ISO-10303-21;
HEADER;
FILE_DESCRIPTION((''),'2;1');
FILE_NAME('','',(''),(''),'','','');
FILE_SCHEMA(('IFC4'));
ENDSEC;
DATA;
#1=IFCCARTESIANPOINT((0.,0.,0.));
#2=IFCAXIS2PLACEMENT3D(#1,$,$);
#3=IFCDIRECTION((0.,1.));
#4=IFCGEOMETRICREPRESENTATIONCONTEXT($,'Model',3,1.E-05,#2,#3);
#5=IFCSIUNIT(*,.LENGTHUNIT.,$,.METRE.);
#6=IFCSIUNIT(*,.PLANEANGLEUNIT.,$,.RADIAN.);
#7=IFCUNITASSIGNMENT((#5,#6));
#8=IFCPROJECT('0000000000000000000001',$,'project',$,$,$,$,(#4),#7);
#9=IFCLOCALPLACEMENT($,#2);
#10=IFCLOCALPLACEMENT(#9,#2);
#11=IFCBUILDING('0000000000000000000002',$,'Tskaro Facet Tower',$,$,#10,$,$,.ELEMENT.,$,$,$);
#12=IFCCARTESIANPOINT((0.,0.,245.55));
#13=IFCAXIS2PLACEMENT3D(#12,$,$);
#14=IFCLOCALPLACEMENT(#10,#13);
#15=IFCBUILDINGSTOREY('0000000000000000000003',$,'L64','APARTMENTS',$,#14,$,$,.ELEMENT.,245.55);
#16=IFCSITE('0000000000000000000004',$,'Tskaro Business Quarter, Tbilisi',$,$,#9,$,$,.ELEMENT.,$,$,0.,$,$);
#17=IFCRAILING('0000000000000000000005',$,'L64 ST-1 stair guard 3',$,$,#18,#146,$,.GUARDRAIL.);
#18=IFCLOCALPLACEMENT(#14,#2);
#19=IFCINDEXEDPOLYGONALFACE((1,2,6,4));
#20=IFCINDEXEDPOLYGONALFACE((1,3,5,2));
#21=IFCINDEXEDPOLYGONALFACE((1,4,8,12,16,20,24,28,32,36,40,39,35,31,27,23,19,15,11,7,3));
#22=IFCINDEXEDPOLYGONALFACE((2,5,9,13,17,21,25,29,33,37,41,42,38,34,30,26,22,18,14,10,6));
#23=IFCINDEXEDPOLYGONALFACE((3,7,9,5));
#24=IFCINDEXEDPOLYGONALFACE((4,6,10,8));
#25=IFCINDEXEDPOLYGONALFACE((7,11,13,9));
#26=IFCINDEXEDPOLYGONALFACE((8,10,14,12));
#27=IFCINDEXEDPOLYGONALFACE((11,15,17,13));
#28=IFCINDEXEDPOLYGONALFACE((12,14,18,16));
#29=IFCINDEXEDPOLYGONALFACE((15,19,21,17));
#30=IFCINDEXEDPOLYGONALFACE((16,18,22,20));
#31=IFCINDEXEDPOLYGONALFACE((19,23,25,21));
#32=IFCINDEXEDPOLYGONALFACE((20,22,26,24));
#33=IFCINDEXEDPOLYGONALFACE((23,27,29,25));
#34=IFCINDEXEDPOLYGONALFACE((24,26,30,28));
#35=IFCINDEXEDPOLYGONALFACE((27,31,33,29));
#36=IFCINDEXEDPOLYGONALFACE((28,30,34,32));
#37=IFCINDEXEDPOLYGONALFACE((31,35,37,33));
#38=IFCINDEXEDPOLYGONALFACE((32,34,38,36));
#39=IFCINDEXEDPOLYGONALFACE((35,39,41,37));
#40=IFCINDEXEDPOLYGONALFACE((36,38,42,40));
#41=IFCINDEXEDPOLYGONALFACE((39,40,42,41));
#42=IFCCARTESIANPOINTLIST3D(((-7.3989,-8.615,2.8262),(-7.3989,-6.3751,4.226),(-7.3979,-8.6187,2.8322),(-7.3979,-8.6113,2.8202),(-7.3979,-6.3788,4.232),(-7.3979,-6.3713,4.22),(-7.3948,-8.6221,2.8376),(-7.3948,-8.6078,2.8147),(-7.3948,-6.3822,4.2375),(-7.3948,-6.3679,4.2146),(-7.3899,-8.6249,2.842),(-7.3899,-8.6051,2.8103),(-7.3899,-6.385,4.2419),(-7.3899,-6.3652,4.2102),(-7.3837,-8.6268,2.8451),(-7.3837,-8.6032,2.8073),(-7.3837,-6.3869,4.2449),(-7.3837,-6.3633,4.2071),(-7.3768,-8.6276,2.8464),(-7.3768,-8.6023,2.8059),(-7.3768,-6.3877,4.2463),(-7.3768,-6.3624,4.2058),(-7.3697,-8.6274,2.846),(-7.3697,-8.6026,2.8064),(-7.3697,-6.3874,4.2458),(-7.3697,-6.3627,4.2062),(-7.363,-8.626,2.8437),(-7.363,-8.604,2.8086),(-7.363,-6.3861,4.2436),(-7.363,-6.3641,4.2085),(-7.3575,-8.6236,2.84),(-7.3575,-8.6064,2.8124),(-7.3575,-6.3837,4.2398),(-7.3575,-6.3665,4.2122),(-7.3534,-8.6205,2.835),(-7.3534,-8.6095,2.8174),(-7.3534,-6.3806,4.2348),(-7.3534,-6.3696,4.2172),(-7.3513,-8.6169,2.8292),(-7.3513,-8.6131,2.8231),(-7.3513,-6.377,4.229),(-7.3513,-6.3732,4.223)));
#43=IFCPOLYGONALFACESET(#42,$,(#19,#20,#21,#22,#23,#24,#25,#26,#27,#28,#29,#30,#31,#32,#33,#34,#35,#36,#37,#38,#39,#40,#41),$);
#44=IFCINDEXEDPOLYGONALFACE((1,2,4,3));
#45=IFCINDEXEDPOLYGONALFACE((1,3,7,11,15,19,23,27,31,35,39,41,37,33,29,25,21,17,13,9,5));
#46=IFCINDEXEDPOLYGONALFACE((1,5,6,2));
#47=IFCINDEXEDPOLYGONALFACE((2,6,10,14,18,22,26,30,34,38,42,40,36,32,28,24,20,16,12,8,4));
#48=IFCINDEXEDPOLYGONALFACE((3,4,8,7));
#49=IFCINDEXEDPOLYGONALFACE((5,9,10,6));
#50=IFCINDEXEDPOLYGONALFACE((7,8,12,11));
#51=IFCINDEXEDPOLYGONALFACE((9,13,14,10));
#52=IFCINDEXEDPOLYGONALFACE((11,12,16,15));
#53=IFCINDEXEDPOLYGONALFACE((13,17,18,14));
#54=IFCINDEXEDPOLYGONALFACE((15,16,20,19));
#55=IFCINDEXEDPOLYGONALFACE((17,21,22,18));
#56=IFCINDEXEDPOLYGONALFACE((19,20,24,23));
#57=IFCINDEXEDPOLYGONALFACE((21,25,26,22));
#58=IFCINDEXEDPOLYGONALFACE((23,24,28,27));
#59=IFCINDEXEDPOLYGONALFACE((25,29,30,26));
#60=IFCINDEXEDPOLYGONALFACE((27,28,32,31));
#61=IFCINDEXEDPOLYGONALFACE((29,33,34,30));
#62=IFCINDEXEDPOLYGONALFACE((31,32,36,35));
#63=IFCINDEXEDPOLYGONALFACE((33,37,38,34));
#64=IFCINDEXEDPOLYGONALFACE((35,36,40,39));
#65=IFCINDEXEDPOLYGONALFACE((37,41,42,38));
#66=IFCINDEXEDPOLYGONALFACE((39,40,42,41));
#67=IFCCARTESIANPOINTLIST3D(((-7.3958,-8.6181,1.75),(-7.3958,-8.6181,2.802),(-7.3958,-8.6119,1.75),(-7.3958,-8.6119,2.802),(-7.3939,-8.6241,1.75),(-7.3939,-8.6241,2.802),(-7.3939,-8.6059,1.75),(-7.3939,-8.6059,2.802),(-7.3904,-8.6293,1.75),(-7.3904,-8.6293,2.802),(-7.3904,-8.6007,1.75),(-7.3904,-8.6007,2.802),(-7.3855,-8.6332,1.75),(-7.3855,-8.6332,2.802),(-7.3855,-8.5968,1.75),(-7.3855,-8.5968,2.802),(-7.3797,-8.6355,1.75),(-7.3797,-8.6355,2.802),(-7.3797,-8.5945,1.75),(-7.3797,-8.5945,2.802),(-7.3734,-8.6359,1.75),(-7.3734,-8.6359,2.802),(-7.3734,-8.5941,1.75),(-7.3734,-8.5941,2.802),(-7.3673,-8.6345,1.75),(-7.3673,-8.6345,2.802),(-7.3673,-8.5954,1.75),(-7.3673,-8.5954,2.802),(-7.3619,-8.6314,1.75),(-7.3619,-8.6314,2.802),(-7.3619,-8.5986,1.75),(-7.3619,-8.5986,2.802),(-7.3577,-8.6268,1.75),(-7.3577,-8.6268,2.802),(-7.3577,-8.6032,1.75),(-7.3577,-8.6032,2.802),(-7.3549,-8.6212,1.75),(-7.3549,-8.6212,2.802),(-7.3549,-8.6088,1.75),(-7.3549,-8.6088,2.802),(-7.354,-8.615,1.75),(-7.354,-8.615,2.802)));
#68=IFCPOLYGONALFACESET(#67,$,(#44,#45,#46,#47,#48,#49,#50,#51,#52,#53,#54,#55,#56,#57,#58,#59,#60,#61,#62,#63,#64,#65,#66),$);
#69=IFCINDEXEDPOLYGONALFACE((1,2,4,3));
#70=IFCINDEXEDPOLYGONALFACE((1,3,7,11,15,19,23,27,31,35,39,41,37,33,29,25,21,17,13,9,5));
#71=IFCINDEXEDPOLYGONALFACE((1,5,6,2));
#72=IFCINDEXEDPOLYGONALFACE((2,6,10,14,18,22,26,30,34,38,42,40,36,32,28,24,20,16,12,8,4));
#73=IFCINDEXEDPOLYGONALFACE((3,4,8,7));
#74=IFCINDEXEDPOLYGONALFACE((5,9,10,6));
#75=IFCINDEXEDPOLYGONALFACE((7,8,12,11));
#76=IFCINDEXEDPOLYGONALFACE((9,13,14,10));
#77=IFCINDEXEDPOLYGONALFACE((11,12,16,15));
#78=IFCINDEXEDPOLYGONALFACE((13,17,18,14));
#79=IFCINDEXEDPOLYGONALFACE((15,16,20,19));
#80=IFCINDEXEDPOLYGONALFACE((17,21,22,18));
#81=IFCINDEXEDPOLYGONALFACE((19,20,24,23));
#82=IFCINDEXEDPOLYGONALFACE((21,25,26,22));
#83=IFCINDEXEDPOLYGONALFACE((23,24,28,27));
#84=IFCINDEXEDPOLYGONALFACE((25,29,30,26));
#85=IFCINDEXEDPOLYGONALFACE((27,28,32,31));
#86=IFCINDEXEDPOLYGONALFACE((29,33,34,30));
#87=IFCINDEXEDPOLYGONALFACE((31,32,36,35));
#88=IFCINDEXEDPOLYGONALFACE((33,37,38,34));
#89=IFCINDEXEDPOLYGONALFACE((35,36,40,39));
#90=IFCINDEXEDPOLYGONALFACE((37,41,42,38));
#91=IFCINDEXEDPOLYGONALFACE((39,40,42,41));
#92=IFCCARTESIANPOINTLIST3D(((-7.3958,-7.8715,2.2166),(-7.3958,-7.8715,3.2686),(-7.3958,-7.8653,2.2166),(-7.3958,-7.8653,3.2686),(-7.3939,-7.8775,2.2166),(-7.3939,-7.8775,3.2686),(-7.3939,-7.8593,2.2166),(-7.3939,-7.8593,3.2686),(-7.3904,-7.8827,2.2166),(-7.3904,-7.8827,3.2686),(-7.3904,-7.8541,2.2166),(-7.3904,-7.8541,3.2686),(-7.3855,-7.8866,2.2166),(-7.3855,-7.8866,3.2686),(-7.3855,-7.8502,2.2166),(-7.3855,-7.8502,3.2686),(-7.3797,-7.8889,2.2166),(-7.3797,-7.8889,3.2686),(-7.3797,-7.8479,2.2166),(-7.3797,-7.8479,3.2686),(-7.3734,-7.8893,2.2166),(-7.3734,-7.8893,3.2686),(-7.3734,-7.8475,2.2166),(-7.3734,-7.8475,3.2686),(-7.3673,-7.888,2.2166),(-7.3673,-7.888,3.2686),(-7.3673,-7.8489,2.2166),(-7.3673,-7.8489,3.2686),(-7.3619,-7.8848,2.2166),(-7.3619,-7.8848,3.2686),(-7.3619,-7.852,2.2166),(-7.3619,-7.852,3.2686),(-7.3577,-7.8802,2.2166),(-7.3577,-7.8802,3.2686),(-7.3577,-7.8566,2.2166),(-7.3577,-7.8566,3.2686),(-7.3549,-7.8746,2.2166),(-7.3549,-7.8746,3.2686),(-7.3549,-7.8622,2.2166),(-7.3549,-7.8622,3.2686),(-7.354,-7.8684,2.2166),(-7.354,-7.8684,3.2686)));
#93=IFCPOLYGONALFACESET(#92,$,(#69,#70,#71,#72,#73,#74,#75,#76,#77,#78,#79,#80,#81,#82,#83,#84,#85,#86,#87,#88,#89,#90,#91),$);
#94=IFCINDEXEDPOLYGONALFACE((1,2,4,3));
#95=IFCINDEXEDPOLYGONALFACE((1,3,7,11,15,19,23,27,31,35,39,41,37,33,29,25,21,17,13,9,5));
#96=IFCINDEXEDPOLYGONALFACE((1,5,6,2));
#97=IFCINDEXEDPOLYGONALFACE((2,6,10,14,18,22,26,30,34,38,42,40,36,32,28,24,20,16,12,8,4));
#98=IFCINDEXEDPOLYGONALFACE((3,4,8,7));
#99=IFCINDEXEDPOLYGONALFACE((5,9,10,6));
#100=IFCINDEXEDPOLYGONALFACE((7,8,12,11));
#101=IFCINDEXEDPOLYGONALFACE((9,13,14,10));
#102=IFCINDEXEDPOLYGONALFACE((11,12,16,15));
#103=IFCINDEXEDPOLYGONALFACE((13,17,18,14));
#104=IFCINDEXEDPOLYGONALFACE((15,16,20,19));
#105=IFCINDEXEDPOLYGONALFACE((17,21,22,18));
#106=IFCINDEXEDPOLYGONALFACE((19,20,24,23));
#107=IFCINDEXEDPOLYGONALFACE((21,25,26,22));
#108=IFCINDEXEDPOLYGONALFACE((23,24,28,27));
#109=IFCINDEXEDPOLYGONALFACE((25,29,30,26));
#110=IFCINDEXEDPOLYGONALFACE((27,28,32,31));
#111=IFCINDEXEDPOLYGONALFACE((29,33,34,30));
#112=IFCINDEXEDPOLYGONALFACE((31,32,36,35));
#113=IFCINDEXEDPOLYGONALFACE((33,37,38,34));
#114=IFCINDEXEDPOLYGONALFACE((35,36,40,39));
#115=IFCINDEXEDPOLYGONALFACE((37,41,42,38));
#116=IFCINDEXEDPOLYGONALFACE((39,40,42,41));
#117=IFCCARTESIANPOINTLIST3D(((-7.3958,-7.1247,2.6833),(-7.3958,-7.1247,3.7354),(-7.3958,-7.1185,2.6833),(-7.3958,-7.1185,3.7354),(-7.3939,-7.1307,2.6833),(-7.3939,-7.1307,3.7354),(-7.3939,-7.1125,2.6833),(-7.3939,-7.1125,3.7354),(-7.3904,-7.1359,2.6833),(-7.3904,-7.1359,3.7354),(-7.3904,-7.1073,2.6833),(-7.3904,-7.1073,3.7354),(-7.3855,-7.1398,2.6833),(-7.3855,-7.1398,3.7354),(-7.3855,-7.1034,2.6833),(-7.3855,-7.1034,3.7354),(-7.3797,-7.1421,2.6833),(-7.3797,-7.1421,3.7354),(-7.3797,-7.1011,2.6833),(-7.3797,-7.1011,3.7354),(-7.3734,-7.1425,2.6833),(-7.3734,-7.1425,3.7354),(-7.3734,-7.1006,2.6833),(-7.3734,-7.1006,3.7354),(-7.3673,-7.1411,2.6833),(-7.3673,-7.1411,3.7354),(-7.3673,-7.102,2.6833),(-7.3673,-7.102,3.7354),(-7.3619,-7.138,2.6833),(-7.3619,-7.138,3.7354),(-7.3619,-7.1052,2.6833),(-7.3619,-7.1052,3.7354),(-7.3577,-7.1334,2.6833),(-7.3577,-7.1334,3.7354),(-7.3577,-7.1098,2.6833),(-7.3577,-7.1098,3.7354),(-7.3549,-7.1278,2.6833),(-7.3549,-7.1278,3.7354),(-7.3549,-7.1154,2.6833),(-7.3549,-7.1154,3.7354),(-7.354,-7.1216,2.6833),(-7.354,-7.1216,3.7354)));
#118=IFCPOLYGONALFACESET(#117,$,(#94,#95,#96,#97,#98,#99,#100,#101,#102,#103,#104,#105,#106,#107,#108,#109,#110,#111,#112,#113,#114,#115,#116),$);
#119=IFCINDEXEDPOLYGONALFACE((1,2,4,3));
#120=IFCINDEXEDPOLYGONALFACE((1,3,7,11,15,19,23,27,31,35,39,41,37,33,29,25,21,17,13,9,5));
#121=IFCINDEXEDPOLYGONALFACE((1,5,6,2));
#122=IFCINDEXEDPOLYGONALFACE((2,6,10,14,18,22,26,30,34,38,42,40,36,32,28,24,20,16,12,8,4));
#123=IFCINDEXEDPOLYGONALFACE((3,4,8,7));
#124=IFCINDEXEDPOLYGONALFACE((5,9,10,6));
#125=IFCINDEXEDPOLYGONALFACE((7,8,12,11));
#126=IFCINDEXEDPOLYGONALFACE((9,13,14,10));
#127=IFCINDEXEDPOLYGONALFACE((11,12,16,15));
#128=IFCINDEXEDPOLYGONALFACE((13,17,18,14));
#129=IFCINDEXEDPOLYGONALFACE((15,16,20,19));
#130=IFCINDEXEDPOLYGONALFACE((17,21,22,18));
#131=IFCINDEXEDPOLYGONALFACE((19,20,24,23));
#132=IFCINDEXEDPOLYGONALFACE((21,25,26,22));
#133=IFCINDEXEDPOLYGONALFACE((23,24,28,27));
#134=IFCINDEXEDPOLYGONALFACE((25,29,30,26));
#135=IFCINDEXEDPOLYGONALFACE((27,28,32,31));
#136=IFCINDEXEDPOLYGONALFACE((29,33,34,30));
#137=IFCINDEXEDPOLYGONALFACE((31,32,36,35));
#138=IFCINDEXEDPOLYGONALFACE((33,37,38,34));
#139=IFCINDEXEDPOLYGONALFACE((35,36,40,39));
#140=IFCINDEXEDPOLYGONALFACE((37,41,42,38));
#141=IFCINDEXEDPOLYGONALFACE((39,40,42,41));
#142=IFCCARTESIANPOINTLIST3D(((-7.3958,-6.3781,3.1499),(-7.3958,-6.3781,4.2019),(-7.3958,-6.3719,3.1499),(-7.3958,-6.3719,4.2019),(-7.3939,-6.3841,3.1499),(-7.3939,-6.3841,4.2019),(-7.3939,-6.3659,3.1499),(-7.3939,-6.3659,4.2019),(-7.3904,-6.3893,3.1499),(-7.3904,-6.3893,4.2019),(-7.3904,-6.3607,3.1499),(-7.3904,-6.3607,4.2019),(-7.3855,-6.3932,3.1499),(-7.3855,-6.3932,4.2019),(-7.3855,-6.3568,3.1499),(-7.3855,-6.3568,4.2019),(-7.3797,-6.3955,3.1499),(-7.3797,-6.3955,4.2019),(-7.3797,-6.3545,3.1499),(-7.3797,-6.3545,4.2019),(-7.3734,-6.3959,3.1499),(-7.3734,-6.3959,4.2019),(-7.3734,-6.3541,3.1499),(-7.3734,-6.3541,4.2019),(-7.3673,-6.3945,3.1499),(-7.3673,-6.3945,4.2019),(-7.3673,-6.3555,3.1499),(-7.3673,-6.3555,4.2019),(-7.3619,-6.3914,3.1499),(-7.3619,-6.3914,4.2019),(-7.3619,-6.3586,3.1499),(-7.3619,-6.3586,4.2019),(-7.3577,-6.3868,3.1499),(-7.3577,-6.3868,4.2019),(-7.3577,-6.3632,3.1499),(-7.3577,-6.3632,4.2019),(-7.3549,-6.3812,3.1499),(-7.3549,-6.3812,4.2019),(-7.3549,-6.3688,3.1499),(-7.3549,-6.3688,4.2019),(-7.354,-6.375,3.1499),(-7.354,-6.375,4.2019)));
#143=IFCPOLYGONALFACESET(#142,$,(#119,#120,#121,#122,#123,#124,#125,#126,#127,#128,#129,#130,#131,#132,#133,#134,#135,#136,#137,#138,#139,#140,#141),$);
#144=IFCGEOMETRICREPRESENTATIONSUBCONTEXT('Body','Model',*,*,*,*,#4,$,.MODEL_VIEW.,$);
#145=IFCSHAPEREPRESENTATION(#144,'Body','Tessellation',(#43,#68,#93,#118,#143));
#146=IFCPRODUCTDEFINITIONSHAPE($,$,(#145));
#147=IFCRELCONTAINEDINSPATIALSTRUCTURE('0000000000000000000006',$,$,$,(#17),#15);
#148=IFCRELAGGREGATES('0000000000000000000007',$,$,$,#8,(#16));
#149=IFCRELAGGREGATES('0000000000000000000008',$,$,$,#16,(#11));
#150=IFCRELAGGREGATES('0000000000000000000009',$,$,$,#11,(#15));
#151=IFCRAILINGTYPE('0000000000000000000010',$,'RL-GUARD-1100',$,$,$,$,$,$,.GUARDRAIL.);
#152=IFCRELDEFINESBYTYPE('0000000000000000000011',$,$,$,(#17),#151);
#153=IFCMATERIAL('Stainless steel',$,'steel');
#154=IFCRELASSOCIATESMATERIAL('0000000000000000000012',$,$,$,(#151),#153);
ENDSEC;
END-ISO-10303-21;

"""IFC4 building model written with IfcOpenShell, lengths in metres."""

from ifc_helpers import new_model, si_unit, direction, frame, origin, origin_2d, place, context, subcontext, project, spatial, circle, extrude, material, type_object, element, save


model = new_model("IFC4")

# Units and contexts
model_context = context("Model", 3, precision=1e-05, world=origin(), true_north=direction((0.0, 1.0)))
body_context = subcontext(model_context, "Body", "Model", "MODEL_VIEW")
ifc_project = project(units=[si_unit("LENGTHUNIT", "METRE"), si_unit("PLANEANGLEUNIT", "RADIAN")], contexts=[model_context])

# Site, building, storey
site_placement = place(None, origin())
site = spatial("IfcSite", under=ifc_project, at=site_placement, Name="Tskaro Business Quarter, Tbilisi", CompositionType="ELEMENT", RefElevation=0.0)
building_placement = place(site_placement, origin())
building = spatial("IfcBuilding", under=site, at=building_placement, Name="Tskaro Facet Tower", CompositionType="ELEMENT")
storey_placement = place(building_placement, frame((0.0, 0.0, 245.55)))
storey = spatial("IfcBuildingStorey", under=building, at=storey_placement, Name="L64", Description="APARTMENTS", CompositionType="ELEMENT", Elevation=245.55)

# Shared definitions
ifc_material_1 = material(Name="Stainless steel", Category="steel")

# Railing
railing_type_1 = type_object("IfcRailingType", Name="RL-GUARD-1100", PredefinedType="GUARDRAIL", material=ifc_material_1)
railing_1_placement = place(storey_placement, frame((-7.375, -8.615, 1.75)))
element("IfcRailing", 1, at=railing_1_placement, inside=storey, type_object=railing_type_1, Name="L64 ST-1 stair guard 3", PredefinedType="GUARDRAIL", context=body_context, shape_type="SweptSolid", body=[
    extrude(circle(Radius=0.0239, at=origin_2d()), frame((0.0, 0.0, 1.0762), z_axis=(0.0, 0.848014, 0.529974), x_axis=(-1.0, 0.0, 0.0)), (0.0, 0.0, 1.0), 2.6414),
    extrude(circle(Radius=0.021, at=origin_2d()), origin(), (0.0, 0.0, 1.0), 1.052),
    extrude(circle(Radius=0.021, at=origin_2d()), frame((0.0, 0.7466, 0.4666)), (0.0, 0.0, 1.0), 1.052),
    extrude(circle(Radius=0.021, at=origin_2d()), frame((0.0, 1.4934, 0.9333)), (0.0, 0.0, 1.0), 1.052),
    extrude(circle(Radius=0.021, at=origin_2d()), frame((0.0, 2.24, 1.3999)), (0.0, 0.0, 1.0), 1.052),
])

save(model, "model.ifc")
